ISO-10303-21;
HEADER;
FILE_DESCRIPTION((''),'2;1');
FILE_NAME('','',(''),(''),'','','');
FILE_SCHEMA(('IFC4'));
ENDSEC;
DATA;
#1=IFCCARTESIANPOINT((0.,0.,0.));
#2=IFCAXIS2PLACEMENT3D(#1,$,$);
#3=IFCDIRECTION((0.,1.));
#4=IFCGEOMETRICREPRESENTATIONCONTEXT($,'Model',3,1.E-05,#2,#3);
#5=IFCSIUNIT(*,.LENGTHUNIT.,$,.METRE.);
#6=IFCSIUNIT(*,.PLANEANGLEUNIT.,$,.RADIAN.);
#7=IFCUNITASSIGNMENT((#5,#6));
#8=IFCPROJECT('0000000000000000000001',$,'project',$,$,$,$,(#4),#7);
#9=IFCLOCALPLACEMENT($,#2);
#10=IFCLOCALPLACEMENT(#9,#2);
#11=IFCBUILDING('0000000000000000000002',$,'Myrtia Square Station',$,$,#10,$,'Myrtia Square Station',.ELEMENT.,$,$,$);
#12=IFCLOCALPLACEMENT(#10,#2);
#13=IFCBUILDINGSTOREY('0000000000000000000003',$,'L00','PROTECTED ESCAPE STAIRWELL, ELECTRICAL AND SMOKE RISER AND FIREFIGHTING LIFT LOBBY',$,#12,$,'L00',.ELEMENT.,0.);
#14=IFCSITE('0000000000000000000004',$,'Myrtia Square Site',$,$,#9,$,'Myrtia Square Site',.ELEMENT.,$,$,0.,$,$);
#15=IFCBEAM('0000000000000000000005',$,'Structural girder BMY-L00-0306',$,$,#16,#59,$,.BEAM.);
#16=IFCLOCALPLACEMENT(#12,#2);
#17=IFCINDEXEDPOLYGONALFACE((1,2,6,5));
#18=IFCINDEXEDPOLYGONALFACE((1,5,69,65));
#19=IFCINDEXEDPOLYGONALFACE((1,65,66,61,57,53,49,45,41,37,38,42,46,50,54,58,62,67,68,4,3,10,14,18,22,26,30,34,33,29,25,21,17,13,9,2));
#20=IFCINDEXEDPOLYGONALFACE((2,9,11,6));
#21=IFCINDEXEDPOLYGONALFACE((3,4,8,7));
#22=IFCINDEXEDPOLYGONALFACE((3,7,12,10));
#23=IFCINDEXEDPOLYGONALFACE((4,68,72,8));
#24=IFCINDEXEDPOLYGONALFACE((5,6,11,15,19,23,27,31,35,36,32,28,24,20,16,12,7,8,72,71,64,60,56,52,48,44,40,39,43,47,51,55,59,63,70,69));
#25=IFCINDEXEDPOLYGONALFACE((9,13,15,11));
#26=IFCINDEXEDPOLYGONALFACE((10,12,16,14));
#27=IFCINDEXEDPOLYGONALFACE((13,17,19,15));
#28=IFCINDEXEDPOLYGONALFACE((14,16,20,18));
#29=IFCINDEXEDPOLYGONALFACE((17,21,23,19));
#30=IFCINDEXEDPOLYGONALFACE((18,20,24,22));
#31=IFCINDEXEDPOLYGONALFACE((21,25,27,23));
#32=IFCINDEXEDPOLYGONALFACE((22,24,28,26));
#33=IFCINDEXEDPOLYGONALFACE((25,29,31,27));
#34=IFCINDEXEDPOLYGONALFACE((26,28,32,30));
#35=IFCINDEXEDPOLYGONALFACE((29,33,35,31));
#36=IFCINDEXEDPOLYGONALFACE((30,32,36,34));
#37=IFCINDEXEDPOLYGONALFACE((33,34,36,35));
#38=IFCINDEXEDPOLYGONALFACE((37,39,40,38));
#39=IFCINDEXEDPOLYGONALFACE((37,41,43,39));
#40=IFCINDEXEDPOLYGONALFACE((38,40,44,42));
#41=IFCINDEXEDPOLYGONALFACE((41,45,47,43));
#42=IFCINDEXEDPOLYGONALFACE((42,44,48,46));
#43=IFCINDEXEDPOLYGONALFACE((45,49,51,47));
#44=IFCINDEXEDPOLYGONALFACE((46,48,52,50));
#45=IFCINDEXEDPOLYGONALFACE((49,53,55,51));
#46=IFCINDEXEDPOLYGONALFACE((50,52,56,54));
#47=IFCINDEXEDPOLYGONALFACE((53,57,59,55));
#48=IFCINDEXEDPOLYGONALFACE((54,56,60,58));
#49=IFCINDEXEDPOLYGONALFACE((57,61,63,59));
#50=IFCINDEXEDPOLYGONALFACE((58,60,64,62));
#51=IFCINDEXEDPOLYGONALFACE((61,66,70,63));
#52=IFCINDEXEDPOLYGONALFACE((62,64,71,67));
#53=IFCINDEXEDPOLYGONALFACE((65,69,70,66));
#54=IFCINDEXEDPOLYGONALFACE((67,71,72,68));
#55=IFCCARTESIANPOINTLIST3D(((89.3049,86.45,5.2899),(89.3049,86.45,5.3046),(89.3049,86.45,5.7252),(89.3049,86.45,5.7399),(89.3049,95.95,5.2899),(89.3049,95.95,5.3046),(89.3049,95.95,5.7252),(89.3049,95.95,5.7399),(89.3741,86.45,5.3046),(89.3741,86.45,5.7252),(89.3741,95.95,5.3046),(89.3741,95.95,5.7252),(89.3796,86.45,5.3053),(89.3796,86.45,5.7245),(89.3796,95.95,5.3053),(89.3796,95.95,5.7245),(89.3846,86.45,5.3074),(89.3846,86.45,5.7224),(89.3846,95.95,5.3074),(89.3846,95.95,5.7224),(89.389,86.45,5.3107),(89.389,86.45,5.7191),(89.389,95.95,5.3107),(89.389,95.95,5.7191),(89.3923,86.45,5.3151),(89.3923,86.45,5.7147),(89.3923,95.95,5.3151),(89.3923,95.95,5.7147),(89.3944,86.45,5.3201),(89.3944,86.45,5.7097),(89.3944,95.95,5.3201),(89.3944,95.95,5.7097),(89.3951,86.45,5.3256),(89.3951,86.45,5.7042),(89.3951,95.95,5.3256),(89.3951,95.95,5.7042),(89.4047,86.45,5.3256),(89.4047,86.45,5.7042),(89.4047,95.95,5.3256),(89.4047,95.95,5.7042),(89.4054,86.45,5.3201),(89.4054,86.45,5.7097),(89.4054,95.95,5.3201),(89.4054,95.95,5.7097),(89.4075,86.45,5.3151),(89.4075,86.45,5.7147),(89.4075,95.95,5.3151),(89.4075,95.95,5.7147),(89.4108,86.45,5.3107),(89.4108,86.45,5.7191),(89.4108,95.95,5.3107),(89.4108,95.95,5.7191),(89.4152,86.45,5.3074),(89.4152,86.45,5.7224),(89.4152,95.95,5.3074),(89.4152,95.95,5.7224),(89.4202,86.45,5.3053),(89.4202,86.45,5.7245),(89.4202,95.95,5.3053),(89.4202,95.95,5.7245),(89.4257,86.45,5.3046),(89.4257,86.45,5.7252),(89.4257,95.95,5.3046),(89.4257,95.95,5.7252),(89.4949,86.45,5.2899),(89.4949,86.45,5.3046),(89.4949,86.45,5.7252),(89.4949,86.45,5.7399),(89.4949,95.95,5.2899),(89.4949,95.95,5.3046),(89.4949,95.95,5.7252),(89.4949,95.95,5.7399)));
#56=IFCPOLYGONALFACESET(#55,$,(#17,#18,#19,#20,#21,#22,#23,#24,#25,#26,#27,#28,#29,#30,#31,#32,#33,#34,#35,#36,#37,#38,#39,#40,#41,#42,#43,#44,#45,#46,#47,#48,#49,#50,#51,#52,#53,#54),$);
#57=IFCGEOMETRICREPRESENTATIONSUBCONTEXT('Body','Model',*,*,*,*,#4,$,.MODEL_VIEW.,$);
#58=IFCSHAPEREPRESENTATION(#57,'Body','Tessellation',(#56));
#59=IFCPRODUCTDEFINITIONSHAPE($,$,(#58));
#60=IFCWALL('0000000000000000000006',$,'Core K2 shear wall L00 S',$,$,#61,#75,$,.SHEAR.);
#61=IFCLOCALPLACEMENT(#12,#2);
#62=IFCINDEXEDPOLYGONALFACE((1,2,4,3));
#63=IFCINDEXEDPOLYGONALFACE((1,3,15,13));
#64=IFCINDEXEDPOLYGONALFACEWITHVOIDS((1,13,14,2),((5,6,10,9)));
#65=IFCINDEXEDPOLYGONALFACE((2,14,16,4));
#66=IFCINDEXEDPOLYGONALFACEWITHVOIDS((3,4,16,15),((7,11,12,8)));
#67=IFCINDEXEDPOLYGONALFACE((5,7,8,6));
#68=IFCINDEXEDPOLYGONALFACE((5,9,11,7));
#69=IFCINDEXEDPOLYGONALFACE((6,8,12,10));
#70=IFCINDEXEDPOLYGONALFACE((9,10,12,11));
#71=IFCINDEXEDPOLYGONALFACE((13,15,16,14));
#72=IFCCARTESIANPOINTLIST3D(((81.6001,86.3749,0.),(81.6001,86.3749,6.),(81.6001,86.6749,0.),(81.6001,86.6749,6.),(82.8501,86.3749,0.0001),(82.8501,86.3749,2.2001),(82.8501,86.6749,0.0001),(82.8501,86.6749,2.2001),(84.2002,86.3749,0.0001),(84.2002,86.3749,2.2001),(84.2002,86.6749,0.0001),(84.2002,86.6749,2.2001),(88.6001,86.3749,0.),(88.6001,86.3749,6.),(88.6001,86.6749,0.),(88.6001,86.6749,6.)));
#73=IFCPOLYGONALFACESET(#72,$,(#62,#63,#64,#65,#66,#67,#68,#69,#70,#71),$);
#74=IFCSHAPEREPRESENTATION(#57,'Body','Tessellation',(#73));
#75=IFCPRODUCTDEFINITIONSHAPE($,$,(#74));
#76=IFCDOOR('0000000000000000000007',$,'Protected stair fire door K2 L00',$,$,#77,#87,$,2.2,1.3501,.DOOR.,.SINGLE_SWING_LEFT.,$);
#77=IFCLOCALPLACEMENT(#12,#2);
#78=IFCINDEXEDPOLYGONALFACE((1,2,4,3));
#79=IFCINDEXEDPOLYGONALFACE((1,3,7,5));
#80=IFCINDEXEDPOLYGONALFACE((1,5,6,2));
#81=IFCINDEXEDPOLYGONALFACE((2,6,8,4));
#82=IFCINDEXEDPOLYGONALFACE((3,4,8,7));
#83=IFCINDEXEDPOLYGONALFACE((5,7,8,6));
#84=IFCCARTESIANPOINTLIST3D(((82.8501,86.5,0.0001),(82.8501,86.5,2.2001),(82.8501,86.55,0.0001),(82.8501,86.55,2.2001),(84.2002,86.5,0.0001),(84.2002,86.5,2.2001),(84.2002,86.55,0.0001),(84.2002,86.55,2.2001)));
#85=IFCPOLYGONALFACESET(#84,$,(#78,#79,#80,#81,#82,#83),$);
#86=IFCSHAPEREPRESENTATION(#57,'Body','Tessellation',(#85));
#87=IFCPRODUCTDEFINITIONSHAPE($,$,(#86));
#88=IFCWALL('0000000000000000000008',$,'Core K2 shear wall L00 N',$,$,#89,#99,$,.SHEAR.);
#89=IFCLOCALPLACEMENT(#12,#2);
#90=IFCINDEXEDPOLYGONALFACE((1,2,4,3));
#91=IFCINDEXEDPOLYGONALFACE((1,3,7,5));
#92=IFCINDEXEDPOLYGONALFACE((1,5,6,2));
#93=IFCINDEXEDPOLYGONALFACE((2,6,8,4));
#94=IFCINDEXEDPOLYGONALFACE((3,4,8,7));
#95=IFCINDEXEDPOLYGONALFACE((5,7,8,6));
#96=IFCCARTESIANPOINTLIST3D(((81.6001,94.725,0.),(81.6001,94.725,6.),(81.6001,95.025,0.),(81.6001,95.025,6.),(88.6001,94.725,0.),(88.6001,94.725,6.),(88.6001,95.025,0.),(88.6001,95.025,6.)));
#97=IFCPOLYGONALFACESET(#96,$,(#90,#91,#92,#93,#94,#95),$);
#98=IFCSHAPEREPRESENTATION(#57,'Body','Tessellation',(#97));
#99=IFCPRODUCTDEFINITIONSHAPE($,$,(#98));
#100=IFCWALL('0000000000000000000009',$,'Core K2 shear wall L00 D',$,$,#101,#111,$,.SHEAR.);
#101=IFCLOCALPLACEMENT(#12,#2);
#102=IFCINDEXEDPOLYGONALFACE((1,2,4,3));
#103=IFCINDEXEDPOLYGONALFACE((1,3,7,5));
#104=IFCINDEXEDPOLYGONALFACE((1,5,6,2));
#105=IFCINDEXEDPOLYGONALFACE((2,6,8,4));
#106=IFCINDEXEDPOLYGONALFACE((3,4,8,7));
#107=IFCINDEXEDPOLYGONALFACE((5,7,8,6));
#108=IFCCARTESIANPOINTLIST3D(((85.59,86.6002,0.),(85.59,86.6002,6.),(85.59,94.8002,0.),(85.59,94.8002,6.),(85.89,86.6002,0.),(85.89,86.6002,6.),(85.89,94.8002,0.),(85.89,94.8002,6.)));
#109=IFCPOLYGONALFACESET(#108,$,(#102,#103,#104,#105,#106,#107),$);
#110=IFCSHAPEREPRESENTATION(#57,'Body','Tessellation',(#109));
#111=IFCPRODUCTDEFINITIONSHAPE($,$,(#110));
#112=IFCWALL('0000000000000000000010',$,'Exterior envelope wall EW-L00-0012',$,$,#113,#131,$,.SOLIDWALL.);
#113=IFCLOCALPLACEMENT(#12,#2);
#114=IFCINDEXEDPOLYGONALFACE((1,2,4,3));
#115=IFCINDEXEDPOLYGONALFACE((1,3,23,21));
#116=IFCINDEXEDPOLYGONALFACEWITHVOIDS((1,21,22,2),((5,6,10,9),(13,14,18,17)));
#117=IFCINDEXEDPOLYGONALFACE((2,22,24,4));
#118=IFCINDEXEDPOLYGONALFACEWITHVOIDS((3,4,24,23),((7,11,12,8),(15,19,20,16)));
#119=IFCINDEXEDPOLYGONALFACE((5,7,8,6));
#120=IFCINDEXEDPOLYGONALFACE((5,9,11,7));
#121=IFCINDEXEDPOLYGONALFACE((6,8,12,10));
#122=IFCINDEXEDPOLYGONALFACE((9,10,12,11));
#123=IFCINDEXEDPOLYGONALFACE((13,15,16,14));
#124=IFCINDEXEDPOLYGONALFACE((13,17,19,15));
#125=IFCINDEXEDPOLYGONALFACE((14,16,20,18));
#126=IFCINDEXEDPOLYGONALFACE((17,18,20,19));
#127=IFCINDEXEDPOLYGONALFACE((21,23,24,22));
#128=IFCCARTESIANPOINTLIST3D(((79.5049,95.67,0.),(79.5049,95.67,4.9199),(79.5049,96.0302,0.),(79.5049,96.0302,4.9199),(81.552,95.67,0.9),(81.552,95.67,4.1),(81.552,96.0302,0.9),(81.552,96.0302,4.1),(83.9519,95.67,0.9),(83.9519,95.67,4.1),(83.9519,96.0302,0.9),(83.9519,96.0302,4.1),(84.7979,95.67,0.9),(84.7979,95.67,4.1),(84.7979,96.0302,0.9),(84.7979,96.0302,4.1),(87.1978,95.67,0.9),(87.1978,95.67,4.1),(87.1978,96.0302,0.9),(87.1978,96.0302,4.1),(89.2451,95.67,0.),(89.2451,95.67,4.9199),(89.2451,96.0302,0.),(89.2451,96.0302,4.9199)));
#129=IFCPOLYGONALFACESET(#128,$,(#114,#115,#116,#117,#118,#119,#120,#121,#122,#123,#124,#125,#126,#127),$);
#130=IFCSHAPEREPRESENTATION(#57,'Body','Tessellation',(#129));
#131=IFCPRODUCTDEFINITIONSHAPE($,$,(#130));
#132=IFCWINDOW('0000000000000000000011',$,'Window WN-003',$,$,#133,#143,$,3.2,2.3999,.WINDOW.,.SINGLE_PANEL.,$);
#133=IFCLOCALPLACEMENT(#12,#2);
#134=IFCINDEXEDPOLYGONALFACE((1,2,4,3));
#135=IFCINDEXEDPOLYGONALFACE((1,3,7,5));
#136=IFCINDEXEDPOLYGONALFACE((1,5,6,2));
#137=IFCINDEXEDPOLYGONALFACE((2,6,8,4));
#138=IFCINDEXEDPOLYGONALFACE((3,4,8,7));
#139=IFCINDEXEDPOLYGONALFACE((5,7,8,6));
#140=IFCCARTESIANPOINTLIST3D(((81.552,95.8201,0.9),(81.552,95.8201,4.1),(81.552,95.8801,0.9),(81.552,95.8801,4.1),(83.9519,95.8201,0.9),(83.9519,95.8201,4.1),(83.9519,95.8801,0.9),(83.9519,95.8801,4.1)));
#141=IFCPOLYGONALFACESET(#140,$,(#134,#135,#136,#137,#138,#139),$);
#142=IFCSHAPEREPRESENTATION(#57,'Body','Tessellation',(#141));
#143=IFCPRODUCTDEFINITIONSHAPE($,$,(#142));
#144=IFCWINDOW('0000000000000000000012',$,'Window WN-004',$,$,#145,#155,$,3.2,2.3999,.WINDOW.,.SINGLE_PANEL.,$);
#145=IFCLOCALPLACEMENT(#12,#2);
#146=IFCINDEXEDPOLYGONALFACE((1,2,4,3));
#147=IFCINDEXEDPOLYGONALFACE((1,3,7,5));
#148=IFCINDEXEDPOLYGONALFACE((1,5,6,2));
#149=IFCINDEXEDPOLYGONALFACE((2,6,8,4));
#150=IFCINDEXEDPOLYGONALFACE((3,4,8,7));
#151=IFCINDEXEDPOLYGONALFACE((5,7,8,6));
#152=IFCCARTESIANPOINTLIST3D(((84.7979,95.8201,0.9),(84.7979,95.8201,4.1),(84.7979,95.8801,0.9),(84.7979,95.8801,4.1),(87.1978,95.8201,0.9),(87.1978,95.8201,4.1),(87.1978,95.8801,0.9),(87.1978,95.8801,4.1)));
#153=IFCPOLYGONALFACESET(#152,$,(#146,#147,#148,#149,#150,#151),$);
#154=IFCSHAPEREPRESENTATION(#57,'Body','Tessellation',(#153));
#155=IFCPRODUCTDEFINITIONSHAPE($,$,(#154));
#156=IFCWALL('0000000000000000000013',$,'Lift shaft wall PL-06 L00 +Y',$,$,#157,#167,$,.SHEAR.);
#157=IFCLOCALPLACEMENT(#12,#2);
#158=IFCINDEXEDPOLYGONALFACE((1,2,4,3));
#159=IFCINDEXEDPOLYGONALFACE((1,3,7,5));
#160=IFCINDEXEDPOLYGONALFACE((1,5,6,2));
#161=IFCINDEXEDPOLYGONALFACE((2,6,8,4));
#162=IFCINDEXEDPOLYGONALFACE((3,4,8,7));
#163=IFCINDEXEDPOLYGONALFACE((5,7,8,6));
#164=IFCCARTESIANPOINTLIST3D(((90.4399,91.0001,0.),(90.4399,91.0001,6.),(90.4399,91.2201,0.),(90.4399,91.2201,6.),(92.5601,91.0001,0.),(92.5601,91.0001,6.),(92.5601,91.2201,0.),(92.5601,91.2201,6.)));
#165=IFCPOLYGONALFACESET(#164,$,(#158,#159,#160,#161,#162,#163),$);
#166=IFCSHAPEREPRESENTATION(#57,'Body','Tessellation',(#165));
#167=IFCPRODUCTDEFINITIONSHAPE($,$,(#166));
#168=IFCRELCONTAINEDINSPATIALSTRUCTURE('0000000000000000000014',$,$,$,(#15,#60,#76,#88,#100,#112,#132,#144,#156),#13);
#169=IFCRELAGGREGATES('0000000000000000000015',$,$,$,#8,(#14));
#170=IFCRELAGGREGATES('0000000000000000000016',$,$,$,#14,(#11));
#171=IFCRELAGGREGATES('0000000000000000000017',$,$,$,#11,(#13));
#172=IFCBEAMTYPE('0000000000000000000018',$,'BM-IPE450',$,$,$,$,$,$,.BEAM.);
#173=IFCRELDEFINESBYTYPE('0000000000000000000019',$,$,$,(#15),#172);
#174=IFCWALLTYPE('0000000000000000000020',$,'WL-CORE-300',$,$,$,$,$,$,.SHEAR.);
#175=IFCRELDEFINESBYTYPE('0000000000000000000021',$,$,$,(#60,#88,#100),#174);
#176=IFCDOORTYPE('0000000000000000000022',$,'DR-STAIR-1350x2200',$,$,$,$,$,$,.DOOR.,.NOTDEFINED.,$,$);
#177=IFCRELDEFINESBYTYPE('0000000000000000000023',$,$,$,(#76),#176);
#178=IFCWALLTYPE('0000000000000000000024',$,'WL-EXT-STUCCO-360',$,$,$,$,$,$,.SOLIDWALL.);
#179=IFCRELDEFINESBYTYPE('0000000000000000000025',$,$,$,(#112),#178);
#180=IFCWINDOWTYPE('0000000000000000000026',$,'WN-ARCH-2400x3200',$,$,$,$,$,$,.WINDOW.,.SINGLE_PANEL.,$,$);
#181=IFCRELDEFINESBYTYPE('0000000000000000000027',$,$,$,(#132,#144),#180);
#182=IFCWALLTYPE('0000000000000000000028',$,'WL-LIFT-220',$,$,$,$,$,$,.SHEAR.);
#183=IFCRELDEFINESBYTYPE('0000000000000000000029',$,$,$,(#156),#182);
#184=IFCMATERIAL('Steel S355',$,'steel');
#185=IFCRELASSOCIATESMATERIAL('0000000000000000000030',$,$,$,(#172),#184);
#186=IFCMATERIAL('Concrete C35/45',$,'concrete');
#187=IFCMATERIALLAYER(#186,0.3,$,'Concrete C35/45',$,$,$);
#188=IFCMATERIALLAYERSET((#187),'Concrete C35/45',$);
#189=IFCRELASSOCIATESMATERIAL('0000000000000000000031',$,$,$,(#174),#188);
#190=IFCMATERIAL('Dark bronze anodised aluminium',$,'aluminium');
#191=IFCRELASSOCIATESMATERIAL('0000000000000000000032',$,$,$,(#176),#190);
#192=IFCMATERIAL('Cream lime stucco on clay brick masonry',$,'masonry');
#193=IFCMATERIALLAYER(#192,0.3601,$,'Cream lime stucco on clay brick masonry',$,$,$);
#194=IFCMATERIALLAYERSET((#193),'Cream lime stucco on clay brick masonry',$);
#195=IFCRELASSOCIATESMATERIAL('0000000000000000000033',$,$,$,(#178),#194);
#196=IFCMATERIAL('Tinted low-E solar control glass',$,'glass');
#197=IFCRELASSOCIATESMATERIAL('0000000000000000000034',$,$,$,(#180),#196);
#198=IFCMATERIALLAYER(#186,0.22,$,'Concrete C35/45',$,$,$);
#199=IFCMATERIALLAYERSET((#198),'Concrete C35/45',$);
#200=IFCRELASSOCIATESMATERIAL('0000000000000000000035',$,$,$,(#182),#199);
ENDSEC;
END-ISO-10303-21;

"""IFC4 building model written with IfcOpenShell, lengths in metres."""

from ifc_helpers import new_model, si_unit, direction, frame, frame_2d, origin, origin_2d, place, context, subcontext, project, spatial, rectangle, i_section, extrude, material, layer, layer_set, material_profile, profile_set, type_object, element, fill, save


model = new_model("IFC4")

# Units and contexts
model_context = context("Model", 3, precision=1e-05, world=origin(), true_north=direction((0.0, 1.0)))
body_context = subcontext(model_context, "Body", "Model", "MODEL_VIEW")
ifc_project = project(units=[si_unit("LENGTHUNIT", "METRE"), si_unit("PLANEANGLEUNIT", "RADIAN")], contexts=[model_context])

# Site, building, storey
site_placement = place(None, origin())
site = spatial("IfcSite", under=ifc_project, at=site_placement, Name="Myrtia Square Site", LongName="Myrtia Square Site", CompositionType="ELEMENT", RefElevation=0.0)
building_placement = place(site_placement, origin())
building = spatial("IfcBuilding", under=site, at=building_placement, Name="Myrtia Square Station", LongName="Myrtia Square Station", CompositionType="ELEMENT")
storey_placement = place(building_placement, origin())
storey = spatial("IfcBuildingStorey", under=building, at=storey_placement, Name="L00", Description="PROTECTED ESCAPE STAIRWELL, ELECTRICAL AND SMOKE RISER AND FIREFIGHTING LIFT LOBBY", LongName="L00", CompositionType="ELEMENT", Elevation=0.0)

# Beam
ifc_material_1 = material(Name="Steel S355", Category="steel")
ifc_material_profile = material_profile(ifc_material_1, i_section(OverallWidth=0.1899, OverallDepth=0.45, WebThickness=0.0095, FlangeThickness=0.0146, FilletRadius=0.021, at=origin_2d()), Name="IPE 450")
ifc_profile_set = profile_set([ifc_material_profile], Name="Steel S355")
beam_type = type_object("IfcBeamType", Name="BM-IPE450", PredefinedType="BEAM", material=ifc_profile_set)
beam_placement = place(storey_placement, frame((89.3999, 86.45, 5.5149), z_axis=(0.0, 1.0, 0.0), x_axis=(-1.0, 0.0, 0.0)))
element("IfcBeam", 1, at=beam_placement, inside=storey, type_object=beam_type, Name="Structural girder BMY-L00-0306", PredefinedType="BEAM", context=body_context, shape_type="SweptSolid", body=[
    extrude(i_section(OverallWidth=0.1899, OverallDepth=0.45, WebThickness=0.0095, FlangeThickness=0.0146, FilletRadius=0.021, at=origin_2d()), origin(), (0.0, 0.0, 1.0), 9.5),
])

# Wall, opening, door
ifc_material_2 = material(Name="Concrete C35/45", Category="concrete")
ifc_layer_1 = layer(ifc_material_2, 0.3, Name="Concrete C35/45")
ifc_layer_set_1 = layer_set([ifc_layer_1], Name="Concrete C35/45")
wall_type_1 = type_object("IfcWallType", Name="WL-CORE-300", PredefinedType="SHEAR", material=ifc_layer_set_1)
wall_1_placement = place(storey_placement, frame((81.6001, 86.5249, 0.0), z_axis=(0.0, 0.0, 1.0), x_axis=(1.0, 0.0, 0.0)))
wall_1 = element("IfcWall", 2, at=wall_1_placement, inside=storey, type_object=wall_type_1, Name="Core K2 shear wall L00 S", PredefinedType="SHEAR", context=body_context, shape_type="SweptSolid", body=[
    extrude(rectangle(XDim=7.0, YDim=0.3, at=frame_2d((3.5, 0.0))), origin(), (0.0, 0.0, 1.0), 6.0),
])
opening_1_placement = place(wall_1_placement, frame((1.25, 0.0, 0.0)))
opening_1 = element("IfcOpeningElement", 3, at=opening_1_placement, cuts=wall_1, PredefinedType="OPENING", context=body_context, shape_type="SweptSolid", body=[
    extrude(rectangle(XDim=1.3501, YDim=2.2, at=frame_2d((0.675, 1.1001))), frame((0.0, 0.165, 0.0), z_axis=(0.0, -1.0, 0.0), x_axis=(1.0, 0.0, 0.0)), (0.0, 0.0, 1.0), 0.3301),
])
ifc_material_3 = material(Name="Dark bronze anodised aluminium", Category="aluminium")
door_type_1 = type_object("IfcDoorType", Name="DR-STAIR-1350x2200", OperationType="NOTDEFINED", PredefinedType="DOOR", material=ifc_material_3)
door_1_placement = place(opening_1_placement, frame((1.3501, 0.0, 0.0), z_axis=(0.0, 0.0, 1.0), x_axis=(-1.0, 0.0, 0.0)))
door_1 = element("IfcDoor", 4, at=door_1_placement, inside=storey, type_object=door_type_1, Name="Protected stair fire door K2 L00", OperationType="SINGLE_SWING_LEFT", OverallHeight=2.2, OverallWidth=1.3501, PredefinedType="DOOR", context=body_context, shape_type="SweptSolid", body=[
    extrude(rectangle(XDim=1.3501, YDim=2.2, at=frame_2d((0.675, 1.1001))), frame((0.0, 0.0249, 0.0), z_axis=(0.0, -1.0, 0.0), x_axis=(1.0, 0.0, 0.0)), (0.0, 0.0, 1.0), 0.05),
])
fill(opening_1, door_1)

# Walls
wall_2_placement = place(storey_placement, frame((81.6001, 94.875, 0.0), z_axis=(0.0, 0.0, 1.0), x_axis=(1.0, 0.0, 0.0)))
element("IfcWall", 5, at=wall_2_placement, inside=storey, type_object=wall_type_1, Name="Core K2 shear wall L00 N", PredefinedType="SHEAR", context=body_context, shape_type="SweptSolid", body=[
    extrude(rectangle(XDim=7.0, YDim=0.3, at=frame_2d((3.5, 0.0))), origin(), (0.0, 0.0, 1.0), 6.0),
])
wall_3_placement = place(storey_placement, frame((85.74, 86.6001, 0.0), z_axis=(0.0, 0.0, 1.0), x_axis=(0.0, 1.0, 0.0)))
element("IfcWall", 6, at=wall_3_placement, inside=storey, type_object=wall_type_1, Name="Core K2 shear wall L00 D", PredefinedType="SHEAR", context=body_context, shape_type="SweptSolid", body=[
    extrude(rectangle(XDim=8.2, YDim=0.3, at=frame_2d((4.1001, 0.0))), origin(), (0.0, 0.0, 1.0), 6.0),
])

# Wall, openings, windows
ifc_material_4 = material(Name="Cream lime stucco on clay brick masonry", Category="masonry")
ifc_layer_2 = layer(ifc_material_4, 0.3601, Name="Cream lime stucco on clay brick masonry")
ifc_layer_set_2 = layer_set([ifc_layer_2], Name="Cream lime stucco on clay brick masonry")
wall_type_2 = type_object("IfcWallType", Name="WL-EXT-STUCCO-360", PredefinedType="SOLIDWALL", material=ifc_layer_set_2)
wall_4_placement = place(storey_placement, frame((79.5049, 95.8501, 0.0), z_axis=(0.0, 0.0, 1.0), x_axis=(1.0, 0.0, 0.0)))
wall_4 = element("IfcWall", 7, at=wall_4_placement, inside=storey, type_object=wall_type_2, Name="Exterior envelope wall EW-L00-0012", PredefinedType="SOLIDWALL", context=body_context, shape_type="SweptSolid", body=[
    extrude(rectangle(XDim=9.7402, YDim=0.3601, at=frame_2d((4.8701, 0.0))), origin(), (0.0, 0.0, 1.0), 4.9199),
])
opening_2_placement = place(wall_4_placement, frame((2.0471, 0.0, 0.8999)))
opening_2 = element("IfcOpeningElement", 8, at=opening_2_placement, cuts=wall_4, PredefinedType="OPENING", context=body_context, shape_type="SweptSolid", body=[
    extrude(rectangle(XDim=2.3999, YDim=3.2, at=frame_2d((1.2, 1.6001))), frame((0.0, 0.1951, 0.0), z_axis=(0.0, -1.0, 0.0), x_axis=(1.0, 0.0, 0.0)), (0.0, 0.0, 1.0), 0.3901),
])
opening_3_placement = place(wall_4_placement, frame((5.293, 0.0, 0.8999)))
opening_3 = element("IfcOpeningElement", 9, at=opening_3_placement, cuts=wall_4, PredefinedType="OPENING", context=body_context, shape_type="SweptSolid", body=[
    extrude(rectangle(XDim=2.3999, YDim=3.2, at=frame_2d((1.2, 1.6001))), frame((0.0, 0.1951, 0.0), z_axis=(0.0, -1.0, 0.0), x_axis=(1.0, 0.0, 0.0)), (0.0, 0.0, 1.0), 0.3901),
])
ifc_material_5 = material(Name="Tinted low-E solar control glass", Category="glass")
window_type = type_object("IfcWindowType", Name="WN-ARCH-2400x3200", PartitioningType="SINGLE_PANEL", PredefinedType="WINDOW", material=ifc_material_5)
window_1_placement = place(opening_2_placement, origin())
window_1 = element("IfcWindow", 10, at=window_1_placement, inside=storey, type_object=window_type, Name="Window WN-003", OverallHeight=3.2, OverallWidth=2.3999, PartitioningType="SINGLE_PANEL", PredefinedType="WINDOW", context=body_context, shape_type="SweptSolid", body=[
    extrude(rectangle(XDim=2.3999, YDim=3.2, at=frame_2d((1.2, 1.6001))), frame((0.0, 0.03, 0.0), z_axis=(0.0, -1.0, 0.0), x_axis=(1.0, 0.0, 0.0)), (0.0, 0.0, 1.0), 0.0601),
])
fill(opening_2, window_1)
window_2_placement = place(opening_3_placement, origin())
window_2 = element("IfcWindow", 11, at=window_2_placement, inside=storey, type_object=window_type, Name="Window WN-004", OverallHeight=3.2, OverallWidth=2.3999, PartitioningType="SINGLE_PANEL", PredefinedType="WINDOW", context=body_context, shape_type="SweptSolid", body=[
    extrude(rectangle(XDim=2.3999, YDim=3.2, at=frame_2d((1.2, 1.6001))), frame((0.0, 0.03, 0.0), z_axis=(0.0, -1.0, 0.0), x_axis=(1.0, 0.0, 0.0)), (0.0, 0.0, 1.0), 0.0601),
])
fill(opening_3, window_2)

# Shared definitions
ifc_layer_3 = layer(ifc_material_2, 0.22, Name="Concrete C35/45")
ifc_layer_set_3 = layer_set([ifc_layer_3], Name="Concrete C35/45")
wall_type_3 = type_object("IfcWallType", Name="WL-LIFT-220", PredefinedType="SHEAR", material=ifc_layer_set_3)

# Wall
wall_5_placement = place(storey_placement, frame((90.4399, 91.1101, 0.0), z_axis=(0.0, 0.0, 1.0), x_axis=(1.0, 0.0, 0.0)))
element("IfcWall", 12, at=wall_5_placement, inside=storey, type_object=wall_type_3, Name="Lift shaft wall PL-06 L00 +Y", PredefinedType="SHEAR", context=body_context, shape_type="SweptSolid", body=[
    extrude(rectangle(XDim=2.1201, YDim=0.22, at=frame_2d((1.0601, 0.0))), origin(), (0.0, 0.0, 1.0), 6.0),
])

save(model, "model.ifc")
